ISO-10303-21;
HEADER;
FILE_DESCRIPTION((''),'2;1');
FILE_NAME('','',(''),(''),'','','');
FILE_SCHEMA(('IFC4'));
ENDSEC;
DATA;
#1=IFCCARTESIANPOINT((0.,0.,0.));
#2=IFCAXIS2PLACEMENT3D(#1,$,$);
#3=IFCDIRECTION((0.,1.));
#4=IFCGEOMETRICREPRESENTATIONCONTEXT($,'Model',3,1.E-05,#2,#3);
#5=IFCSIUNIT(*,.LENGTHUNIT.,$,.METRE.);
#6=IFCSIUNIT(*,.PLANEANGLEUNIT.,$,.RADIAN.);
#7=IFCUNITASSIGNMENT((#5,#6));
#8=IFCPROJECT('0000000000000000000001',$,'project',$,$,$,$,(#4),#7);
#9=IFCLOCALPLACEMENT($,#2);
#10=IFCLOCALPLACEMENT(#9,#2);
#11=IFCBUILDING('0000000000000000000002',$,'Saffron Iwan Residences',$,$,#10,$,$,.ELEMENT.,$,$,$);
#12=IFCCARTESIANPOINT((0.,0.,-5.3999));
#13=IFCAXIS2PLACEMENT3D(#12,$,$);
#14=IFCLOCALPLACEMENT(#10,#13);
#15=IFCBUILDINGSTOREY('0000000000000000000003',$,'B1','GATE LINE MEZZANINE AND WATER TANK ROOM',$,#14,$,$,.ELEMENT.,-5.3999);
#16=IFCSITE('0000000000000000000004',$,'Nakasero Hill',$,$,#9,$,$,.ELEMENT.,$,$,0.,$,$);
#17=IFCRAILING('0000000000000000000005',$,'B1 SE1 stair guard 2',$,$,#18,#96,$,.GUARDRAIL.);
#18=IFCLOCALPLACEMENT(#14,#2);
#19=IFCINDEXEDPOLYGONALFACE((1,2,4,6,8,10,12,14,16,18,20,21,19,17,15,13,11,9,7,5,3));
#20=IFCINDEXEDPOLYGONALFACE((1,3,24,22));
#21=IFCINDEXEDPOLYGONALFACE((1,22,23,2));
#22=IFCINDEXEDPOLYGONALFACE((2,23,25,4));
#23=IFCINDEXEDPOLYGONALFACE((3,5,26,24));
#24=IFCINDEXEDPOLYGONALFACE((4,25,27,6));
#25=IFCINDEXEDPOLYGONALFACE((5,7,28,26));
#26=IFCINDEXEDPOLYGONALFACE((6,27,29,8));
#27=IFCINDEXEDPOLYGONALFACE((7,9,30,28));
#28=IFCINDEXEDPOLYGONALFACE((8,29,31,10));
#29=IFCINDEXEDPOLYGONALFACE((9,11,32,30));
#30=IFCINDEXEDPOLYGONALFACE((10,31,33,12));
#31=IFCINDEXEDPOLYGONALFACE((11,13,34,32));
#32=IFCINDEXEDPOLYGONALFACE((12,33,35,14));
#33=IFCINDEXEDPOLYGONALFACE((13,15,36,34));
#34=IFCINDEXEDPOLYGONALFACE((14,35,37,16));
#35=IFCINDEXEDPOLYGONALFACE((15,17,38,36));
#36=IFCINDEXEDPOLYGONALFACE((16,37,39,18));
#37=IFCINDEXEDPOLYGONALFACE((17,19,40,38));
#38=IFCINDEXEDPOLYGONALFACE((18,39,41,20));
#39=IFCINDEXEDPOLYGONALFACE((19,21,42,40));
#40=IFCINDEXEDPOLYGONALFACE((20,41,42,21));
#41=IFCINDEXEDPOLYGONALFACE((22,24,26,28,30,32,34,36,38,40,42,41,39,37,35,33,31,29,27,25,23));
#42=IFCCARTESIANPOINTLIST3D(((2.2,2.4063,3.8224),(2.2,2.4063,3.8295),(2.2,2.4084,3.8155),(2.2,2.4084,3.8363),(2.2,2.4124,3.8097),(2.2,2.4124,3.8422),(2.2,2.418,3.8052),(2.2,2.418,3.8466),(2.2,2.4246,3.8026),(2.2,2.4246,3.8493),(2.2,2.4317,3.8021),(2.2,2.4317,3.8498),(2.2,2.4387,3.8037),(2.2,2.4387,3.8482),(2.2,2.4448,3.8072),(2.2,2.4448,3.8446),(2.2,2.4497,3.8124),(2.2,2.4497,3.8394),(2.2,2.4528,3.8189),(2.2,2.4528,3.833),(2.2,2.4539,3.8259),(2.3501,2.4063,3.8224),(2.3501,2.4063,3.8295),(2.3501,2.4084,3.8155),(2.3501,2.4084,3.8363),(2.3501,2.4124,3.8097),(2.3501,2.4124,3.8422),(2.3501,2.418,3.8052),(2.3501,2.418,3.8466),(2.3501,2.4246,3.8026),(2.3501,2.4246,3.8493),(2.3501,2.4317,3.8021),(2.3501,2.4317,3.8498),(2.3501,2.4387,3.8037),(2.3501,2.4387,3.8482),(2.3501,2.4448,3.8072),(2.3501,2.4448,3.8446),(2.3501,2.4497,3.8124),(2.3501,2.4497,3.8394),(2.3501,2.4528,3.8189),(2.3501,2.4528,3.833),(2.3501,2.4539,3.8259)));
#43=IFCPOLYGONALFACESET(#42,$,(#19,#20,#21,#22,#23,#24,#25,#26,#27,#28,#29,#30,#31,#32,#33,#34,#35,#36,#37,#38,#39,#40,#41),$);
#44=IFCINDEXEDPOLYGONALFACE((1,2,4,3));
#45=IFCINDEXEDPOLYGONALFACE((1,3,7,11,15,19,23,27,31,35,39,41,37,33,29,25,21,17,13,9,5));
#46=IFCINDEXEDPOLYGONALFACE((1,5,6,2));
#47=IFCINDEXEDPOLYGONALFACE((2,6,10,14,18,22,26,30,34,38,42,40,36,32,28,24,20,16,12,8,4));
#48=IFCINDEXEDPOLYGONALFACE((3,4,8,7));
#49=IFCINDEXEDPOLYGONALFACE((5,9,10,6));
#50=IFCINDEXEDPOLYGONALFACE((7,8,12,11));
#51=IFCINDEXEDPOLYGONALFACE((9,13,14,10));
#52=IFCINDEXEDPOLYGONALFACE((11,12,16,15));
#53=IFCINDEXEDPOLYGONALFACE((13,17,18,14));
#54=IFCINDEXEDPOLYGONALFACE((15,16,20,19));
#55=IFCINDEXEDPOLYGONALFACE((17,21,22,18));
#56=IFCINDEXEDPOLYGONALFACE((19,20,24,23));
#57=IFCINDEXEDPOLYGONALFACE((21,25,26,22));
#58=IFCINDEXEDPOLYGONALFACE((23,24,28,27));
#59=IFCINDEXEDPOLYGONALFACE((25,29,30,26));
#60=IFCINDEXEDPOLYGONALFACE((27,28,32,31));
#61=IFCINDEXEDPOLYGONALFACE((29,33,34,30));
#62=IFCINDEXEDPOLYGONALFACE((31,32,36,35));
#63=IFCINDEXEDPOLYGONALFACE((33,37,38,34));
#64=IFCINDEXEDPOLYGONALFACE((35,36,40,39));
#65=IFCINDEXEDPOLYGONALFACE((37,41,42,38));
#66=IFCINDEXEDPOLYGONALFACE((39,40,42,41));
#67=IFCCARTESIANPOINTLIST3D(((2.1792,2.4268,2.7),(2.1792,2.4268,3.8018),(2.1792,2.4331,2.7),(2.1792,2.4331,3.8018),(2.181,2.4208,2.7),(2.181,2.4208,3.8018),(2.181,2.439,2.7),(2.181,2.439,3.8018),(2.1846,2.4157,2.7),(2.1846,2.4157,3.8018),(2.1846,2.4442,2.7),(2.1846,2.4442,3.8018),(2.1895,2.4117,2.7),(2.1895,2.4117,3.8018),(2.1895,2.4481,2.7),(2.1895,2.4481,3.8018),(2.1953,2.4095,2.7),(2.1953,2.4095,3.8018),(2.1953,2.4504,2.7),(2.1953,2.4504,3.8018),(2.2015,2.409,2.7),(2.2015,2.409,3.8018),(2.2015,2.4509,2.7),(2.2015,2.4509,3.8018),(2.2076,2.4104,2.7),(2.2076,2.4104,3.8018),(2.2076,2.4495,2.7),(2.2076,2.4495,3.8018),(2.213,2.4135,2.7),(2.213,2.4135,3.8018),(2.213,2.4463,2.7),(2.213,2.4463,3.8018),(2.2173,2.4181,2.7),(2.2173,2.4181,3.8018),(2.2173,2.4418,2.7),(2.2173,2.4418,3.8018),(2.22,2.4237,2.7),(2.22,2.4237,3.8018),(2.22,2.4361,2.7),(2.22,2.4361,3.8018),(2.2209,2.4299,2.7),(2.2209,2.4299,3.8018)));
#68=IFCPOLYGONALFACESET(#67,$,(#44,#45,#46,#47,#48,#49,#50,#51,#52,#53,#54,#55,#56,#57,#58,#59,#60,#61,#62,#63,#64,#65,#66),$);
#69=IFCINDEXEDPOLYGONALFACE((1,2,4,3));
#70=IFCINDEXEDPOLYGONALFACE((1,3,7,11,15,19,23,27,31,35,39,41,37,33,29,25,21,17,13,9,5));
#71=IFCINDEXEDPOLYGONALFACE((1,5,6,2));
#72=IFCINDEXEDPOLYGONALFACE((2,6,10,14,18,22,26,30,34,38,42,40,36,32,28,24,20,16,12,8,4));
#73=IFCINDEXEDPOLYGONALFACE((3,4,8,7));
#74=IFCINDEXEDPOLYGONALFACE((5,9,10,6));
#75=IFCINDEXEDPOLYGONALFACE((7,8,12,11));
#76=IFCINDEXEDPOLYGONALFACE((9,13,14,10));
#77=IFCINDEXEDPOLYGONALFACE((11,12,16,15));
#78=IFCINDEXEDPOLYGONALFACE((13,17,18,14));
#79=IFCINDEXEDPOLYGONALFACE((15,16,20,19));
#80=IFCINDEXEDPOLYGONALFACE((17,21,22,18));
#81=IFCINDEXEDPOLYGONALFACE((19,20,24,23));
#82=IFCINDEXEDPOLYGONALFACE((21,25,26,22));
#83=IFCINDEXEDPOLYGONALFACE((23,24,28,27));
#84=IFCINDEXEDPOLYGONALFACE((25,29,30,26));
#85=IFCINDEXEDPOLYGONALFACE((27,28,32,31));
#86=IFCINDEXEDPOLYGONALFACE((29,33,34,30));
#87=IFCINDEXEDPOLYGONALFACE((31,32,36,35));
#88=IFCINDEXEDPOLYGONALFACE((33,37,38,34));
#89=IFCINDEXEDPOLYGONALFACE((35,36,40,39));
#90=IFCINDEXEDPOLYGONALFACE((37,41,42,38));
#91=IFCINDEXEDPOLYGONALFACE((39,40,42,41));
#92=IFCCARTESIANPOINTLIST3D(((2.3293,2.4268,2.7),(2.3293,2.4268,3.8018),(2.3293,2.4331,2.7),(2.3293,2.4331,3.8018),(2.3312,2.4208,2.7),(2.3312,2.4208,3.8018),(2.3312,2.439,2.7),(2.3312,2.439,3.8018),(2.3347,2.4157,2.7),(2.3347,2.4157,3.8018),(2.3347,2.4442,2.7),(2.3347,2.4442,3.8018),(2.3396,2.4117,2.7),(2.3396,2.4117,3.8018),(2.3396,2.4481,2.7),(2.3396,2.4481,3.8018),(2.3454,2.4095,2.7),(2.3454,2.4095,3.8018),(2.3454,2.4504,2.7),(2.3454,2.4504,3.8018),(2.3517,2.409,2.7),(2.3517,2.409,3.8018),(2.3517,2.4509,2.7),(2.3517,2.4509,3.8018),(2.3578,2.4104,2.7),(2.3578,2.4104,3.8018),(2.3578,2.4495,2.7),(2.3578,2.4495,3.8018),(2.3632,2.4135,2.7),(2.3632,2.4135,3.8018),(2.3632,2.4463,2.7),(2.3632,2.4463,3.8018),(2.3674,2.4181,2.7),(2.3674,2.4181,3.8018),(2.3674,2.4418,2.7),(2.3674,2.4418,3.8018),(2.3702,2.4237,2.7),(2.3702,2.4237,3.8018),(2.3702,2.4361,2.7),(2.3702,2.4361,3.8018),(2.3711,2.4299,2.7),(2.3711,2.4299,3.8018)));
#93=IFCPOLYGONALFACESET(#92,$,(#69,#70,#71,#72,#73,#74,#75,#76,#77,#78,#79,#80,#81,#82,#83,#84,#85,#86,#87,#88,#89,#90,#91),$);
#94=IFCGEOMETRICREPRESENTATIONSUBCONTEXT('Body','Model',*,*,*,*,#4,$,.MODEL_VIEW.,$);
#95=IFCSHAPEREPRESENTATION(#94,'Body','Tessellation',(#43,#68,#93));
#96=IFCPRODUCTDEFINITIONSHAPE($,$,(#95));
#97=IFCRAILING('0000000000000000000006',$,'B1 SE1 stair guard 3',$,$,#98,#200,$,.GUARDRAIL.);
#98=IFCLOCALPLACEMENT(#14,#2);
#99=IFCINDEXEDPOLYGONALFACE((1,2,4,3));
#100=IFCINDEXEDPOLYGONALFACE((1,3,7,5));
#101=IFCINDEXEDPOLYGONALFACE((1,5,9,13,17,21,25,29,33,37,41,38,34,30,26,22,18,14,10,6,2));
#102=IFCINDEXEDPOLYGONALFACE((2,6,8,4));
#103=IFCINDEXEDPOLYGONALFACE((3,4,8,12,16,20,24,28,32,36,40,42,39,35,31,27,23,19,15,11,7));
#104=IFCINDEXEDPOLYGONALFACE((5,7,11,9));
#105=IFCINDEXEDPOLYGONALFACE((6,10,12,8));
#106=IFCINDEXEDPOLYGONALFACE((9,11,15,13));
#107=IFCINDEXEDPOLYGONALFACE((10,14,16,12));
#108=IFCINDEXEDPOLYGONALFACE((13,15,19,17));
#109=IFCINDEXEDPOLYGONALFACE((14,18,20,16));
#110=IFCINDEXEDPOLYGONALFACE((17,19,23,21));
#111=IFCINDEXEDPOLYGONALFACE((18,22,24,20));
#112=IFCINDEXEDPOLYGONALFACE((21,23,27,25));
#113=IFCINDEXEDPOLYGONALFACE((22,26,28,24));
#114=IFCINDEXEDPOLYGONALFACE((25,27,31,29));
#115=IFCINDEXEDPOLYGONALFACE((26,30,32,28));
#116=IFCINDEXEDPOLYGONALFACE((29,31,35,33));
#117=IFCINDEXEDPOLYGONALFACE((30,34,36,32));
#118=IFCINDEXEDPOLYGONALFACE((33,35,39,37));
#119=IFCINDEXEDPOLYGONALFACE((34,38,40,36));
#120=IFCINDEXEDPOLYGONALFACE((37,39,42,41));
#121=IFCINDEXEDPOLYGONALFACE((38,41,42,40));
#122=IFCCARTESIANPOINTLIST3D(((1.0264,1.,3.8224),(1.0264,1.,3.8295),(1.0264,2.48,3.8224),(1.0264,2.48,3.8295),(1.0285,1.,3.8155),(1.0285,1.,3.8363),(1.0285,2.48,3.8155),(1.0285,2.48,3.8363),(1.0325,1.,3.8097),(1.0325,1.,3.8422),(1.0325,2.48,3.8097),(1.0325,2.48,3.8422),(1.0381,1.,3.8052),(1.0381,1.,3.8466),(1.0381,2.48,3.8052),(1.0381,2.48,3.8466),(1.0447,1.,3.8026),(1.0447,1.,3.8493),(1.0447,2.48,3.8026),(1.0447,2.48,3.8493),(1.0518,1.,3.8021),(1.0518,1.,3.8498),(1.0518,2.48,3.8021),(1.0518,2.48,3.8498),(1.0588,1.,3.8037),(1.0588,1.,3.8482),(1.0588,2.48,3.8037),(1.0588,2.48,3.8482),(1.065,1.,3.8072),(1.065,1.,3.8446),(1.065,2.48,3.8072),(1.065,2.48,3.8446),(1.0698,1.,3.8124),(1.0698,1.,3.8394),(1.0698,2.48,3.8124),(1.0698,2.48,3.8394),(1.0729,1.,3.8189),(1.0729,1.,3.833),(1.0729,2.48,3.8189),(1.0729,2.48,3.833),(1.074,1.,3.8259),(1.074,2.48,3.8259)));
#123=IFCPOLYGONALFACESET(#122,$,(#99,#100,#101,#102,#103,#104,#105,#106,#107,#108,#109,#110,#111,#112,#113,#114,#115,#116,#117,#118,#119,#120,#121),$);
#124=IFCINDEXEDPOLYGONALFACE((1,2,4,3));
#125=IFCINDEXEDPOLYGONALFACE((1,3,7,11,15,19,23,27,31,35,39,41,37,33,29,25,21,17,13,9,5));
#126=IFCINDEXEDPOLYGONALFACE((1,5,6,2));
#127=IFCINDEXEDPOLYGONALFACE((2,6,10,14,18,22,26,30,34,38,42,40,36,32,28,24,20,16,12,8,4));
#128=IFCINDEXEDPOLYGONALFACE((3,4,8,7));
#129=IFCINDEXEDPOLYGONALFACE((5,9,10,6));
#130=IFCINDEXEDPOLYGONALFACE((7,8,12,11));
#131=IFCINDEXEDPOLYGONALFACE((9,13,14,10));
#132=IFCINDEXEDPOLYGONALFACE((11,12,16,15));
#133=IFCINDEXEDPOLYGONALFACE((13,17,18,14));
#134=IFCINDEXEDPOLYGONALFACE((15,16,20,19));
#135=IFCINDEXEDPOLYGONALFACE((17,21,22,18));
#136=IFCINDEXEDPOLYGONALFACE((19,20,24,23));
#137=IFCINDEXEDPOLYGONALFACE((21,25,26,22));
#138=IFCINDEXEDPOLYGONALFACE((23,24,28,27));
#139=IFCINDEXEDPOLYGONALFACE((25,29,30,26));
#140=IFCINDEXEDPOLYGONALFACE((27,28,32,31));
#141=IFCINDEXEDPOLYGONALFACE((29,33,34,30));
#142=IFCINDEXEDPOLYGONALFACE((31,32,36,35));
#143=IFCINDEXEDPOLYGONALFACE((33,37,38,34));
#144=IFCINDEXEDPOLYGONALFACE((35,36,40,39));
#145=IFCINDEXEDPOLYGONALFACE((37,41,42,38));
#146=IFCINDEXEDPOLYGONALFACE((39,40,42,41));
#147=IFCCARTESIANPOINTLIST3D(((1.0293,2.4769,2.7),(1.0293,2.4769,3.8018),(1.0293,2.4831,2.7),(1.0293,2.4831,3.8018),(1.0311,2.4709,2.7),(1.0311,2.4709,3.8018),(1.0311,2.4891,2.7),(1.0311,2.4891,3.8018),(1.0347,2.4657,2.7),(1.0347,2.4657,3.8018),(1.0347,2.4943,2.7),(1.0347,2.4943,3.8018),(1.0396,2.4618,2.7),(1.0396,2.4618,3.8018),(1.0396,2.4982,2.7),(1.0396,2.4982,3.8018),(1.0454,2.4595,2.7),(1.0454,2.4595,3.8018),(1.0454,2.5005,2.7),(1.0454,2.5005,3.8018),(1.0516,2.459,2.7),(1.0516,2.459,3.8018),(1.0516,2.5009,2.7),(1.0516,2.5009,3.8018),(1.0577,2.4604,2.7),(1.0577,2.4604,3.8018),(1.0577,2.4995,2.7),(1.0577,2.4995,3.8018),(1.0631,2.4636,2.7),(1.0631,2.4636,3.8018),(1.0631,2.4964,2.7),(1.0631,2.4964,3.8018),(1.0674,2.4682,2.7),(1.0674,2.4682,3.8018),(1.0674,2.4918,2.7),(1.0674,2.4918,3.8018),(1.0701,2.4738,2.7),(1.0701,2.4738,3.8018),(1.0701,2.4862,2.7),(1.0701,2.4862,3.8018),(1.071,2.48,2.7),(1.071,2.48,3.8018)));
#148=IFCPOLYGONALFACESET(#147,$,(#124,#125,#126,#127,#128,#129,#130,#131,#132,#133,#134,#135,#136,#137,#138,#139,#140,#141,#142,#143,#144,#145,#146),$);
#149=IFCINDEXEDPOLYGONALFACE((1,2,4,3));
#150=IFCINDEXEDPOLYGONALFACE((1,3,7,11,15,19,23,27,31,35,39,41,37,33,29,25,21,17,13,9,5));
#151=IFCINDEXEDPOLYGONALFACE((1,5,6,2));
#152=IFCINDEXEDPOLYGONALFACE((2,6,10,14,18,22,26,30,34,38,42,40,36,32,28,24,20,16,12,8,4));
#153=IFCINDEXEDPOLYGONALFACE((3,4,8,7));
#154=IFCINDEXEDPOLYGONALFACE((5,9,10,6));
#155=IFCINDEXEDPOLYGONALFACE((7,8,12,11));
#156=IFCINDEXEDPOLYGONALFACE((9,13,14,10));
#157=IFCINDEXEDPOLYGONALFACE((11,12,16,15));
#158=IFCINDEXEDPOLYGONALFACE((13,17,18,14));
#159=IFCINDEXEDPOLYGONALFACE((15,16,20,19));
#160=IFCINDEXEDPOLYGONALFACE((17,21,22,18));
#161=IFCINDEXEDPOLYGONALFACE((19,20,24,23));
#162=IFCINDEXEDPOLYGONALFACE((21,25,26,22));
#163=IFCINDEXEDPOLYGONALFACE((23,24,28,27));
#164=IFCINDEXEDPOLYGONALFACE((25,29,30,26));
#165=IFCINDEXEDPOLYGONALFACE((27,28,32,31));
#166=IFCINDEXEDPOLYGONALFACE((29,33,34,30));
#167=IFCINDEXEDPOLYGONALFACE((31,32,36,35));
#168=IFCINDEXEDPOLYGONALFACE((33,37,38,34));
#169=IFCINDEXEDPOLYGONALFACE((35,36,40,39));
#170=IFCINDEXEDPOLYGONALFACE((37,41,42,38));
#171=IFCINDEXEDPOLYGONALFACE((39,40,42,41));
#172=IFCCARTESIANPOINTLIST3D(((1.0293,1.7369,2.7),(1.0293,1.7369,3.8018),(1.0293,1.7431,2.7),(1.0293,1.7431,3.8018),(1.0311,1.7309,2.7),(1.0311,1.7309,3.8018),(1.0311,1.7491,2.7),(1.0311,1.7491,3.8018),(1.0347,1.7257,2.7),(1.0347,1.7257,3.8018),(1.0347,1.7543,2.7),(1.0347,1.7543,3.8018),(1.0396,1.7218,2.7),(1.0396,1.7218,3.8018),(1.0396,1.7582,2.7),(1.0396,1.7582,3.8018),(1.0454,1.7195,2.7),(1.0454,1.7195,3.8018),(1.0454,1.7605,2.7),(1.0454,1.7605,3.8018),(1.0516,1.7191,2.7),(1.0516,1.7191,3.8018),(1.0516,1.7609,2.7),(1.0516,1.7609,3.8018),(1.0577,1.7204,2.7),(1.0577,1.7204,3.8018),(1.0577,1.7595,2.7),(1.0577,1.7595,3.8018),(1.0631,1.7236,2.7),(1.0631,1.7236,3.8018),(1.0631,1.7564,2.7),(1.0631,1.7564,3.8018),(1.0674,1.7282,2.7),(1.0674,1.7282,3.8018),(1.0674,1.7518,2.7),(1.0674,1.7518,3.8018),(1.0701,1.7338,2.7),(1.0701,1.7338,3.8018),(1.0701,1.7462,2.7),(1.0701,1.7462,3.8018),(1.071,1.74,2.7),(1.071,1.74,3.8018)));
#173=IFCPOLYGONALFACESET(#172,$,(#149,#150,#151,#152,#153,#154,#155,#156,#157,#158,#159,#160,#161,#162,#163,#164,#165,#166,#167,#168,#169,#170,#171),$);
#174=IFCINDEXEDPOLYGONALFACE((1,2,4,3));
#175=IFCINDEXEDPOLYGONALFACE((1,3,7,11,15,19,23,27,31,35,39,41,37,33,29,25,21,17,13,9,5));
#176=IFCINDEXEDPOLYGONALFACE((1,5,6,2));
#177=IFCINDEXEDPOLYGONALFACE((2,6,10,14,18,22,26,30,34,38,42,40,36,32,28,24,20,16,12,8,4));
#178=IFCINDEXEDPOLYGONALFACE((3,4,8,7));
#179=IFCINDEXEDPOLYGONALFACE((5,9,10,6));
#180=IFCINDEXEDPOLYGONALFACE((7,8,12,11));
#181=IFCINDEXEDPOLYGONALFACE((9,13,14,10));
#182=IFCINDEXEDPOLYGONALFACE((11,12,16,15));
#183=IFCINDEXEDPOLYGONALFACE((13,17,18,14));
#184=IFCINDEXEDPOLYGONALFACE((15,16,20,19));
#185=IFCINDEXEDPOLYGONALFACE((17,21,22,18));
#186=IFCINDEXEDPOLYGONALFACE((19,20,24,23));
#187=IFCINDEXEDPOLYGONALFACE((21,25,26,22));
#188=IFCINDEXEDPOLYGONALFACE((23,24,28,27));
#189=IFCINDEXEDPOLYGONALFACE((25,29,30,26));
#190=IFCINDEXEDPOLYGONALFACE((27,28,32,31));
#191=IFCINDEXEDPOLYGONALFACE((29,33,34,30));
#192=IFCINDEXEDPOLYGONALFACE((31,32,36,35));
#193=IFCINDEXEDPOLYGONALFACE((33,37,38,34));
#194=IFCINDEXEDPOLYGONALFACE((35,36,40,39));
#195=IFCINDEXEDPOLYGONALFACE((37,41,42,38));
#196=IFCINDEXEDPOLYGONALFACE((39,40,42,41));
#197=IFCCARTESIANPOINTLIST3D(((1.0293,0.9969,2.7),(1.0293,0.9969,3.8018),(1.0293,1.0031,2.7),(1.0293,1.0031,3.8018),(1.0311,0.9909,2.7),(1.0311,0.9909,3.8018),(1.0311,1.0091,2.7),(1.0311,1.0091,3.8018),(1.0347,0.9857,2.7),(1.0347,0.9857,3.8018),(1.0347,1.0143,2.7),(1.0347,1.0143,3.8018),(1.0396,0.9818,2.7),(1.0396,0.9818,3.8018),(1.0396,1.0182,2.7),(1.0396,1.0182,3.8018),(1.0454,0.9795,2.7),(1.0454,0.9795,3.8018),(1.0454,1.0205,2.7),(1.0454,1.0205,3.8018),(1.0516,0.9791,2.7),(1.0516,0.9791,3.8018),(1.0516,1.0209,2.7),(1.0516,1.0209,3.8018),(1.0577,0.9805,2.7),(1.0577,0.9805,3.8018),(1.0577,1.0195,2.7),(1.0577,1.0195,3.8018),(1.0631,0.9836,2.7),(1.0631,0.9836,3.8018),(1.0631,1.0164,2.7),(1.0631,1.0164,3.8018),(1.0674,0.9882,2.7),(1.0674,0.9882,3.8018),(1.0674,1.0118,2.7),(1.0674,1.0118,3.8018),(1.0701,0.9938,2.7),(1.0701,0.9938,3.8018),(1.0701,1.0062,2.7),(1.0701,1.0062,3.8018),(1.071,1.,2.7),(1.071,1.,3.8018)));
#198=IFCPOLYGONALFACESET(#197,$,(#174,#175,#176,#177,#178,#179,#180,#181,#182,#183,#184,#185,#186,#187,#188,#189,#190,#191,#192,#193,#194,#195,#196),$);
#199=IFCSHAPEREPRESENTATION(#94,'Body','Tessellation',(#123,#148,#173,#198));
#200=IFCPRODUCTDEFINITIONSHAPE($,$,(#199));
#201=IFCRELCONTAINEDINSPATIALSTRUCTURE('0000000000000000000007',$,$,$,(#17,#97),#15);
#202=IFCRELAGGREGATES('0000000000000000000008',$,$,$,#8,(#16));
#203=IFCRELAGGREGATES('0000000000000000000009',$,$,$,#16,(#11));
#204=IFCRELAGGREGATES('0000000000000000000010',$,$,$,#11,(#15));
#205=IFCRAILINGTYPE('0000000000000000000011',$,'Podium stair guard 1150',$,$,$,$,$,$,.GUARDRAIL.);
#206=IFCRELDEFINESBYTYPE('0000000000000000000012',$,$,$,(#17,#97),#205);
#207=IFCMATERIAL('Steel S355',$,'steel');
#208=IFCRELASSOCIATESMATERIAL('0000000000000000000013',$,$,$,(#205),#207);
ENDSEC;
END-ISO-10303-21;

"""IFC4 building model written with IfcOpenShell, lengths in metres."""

from ifc_helpers import new_model, si_unit, direction, frame, origin, origin_2d, place, context, subcontext, project, spatial, circle, extrude, material, type_object, element, save


model = new_model("IFC4")

# Units and contexts
model_context = context("Model", 3, precision=1e-05, world=origin(), true_north=direction((0.0, 1.0)))
body_context = subcontext(model_context, "Body", "Model", "MODEL_VIEW")
ifc_project = project(units=[si_unit("LENGTHUNIT", "METRE"), si_unit("PLANEANGLEUNIT", "RADIAN")], contexts=[model_context])

# Site, building, storey
site_placement = place(None, origin())
site = spatial("IfcSite", under=ifc_project, at=site_placement, Name="Nakasero Hill", CompositionType="ELEMENT", RefElevation=0.0)
building_placement = place(site_placement, origin())
building = spatial("IfcBuilding", under=site, at=building_placement, Name="Saffron Iwan Residences", CompositionType="ELEMENT")
storey_placement = place(building_placement, frame((0.0, 0.0, -5.3999)))
storey = spatial("IfcBuildingStorey", under=building, at=storey_placement, Name="B1", Description="GATE LINE MEZZANINE AND WATER TANK ROOM", CompositionType="ELEMENT", Elevation=-5.3999)

# Railings
ifc_material_1 = material(Name="Steel S355", Category="steel")
railing_type_1 = type_object("IfcRailingType", Name="Podium stair guard 1150", PredefinedType="GUARDRAIL", material=ifc_material_1)
railing_1_placement = place(storey_placement, frame((2.2, 2.4299, 2.7)))
element("IfcRailing", 1, at=railing_1_placement, inside=storey, type_object=railing_type_1, Name="B1 SE1 stair guard 2", PredefinedType="GUARDRAIL", context=body_context, shape_type="SweptSolid", body=[
    extrude(circle(Radius=0.0239, at=origin_2d()), frame((0.0, 0.0, 1.126), z_axis=(1.0, 0.0, 0.0), x_axis=(0.0, 1.0, 0.0)), (0.0, 0.0, 1.0), 0.1501),
    extrude(circle(Radius=0.021, at=origin_2d()), origin(), (0.0, 0.0, 1.0), 1.1018),
    extrude(circle(Radius=0.021, at=origin_2d()), frame((0.1501, 0.0, 0.0)), (0.0, 0.0, 1.0), 1.1018),
])
railing_2_placement = place(storey_placement, frame((1.05, 2.48, 2.7)))
element("IfcRailing", 2, at=railing_2_placement, inside=storey, type_object=railing_type_1, Name="B1 SE1 stair guard 3", PredefinedType="GUARDRAIL", context=body_context, shape_type="SweptSolid", body=[
    extrude(circle(Radius=0.0239, at=origin_2d()), frame((0.0, 0.0, 1.126), z_axis=(0.0, -1.0, 0.0), x_axis=(1.0, 0.0, 0.0)), (0.0, 0.0, 1.0), 1.48),
    extrude(circle(Radius=0.021, at=origin_2d()), origin(), (0.0, 0.0, 1.0), 1.1018),
    extrude(circle(Radius=0.021, at=origin_2d()), frame((0.0, -0.74, 0.0)), (0.0, 0.0, 1.0), 1.1018),
    extrude(circle(Radius=0.021, at=origin_2d()), frame((0.0, -1.48, 0.0)), (0.0, 0.0, 1.0), 1.1018),
])

save(model, "model.ifc")
